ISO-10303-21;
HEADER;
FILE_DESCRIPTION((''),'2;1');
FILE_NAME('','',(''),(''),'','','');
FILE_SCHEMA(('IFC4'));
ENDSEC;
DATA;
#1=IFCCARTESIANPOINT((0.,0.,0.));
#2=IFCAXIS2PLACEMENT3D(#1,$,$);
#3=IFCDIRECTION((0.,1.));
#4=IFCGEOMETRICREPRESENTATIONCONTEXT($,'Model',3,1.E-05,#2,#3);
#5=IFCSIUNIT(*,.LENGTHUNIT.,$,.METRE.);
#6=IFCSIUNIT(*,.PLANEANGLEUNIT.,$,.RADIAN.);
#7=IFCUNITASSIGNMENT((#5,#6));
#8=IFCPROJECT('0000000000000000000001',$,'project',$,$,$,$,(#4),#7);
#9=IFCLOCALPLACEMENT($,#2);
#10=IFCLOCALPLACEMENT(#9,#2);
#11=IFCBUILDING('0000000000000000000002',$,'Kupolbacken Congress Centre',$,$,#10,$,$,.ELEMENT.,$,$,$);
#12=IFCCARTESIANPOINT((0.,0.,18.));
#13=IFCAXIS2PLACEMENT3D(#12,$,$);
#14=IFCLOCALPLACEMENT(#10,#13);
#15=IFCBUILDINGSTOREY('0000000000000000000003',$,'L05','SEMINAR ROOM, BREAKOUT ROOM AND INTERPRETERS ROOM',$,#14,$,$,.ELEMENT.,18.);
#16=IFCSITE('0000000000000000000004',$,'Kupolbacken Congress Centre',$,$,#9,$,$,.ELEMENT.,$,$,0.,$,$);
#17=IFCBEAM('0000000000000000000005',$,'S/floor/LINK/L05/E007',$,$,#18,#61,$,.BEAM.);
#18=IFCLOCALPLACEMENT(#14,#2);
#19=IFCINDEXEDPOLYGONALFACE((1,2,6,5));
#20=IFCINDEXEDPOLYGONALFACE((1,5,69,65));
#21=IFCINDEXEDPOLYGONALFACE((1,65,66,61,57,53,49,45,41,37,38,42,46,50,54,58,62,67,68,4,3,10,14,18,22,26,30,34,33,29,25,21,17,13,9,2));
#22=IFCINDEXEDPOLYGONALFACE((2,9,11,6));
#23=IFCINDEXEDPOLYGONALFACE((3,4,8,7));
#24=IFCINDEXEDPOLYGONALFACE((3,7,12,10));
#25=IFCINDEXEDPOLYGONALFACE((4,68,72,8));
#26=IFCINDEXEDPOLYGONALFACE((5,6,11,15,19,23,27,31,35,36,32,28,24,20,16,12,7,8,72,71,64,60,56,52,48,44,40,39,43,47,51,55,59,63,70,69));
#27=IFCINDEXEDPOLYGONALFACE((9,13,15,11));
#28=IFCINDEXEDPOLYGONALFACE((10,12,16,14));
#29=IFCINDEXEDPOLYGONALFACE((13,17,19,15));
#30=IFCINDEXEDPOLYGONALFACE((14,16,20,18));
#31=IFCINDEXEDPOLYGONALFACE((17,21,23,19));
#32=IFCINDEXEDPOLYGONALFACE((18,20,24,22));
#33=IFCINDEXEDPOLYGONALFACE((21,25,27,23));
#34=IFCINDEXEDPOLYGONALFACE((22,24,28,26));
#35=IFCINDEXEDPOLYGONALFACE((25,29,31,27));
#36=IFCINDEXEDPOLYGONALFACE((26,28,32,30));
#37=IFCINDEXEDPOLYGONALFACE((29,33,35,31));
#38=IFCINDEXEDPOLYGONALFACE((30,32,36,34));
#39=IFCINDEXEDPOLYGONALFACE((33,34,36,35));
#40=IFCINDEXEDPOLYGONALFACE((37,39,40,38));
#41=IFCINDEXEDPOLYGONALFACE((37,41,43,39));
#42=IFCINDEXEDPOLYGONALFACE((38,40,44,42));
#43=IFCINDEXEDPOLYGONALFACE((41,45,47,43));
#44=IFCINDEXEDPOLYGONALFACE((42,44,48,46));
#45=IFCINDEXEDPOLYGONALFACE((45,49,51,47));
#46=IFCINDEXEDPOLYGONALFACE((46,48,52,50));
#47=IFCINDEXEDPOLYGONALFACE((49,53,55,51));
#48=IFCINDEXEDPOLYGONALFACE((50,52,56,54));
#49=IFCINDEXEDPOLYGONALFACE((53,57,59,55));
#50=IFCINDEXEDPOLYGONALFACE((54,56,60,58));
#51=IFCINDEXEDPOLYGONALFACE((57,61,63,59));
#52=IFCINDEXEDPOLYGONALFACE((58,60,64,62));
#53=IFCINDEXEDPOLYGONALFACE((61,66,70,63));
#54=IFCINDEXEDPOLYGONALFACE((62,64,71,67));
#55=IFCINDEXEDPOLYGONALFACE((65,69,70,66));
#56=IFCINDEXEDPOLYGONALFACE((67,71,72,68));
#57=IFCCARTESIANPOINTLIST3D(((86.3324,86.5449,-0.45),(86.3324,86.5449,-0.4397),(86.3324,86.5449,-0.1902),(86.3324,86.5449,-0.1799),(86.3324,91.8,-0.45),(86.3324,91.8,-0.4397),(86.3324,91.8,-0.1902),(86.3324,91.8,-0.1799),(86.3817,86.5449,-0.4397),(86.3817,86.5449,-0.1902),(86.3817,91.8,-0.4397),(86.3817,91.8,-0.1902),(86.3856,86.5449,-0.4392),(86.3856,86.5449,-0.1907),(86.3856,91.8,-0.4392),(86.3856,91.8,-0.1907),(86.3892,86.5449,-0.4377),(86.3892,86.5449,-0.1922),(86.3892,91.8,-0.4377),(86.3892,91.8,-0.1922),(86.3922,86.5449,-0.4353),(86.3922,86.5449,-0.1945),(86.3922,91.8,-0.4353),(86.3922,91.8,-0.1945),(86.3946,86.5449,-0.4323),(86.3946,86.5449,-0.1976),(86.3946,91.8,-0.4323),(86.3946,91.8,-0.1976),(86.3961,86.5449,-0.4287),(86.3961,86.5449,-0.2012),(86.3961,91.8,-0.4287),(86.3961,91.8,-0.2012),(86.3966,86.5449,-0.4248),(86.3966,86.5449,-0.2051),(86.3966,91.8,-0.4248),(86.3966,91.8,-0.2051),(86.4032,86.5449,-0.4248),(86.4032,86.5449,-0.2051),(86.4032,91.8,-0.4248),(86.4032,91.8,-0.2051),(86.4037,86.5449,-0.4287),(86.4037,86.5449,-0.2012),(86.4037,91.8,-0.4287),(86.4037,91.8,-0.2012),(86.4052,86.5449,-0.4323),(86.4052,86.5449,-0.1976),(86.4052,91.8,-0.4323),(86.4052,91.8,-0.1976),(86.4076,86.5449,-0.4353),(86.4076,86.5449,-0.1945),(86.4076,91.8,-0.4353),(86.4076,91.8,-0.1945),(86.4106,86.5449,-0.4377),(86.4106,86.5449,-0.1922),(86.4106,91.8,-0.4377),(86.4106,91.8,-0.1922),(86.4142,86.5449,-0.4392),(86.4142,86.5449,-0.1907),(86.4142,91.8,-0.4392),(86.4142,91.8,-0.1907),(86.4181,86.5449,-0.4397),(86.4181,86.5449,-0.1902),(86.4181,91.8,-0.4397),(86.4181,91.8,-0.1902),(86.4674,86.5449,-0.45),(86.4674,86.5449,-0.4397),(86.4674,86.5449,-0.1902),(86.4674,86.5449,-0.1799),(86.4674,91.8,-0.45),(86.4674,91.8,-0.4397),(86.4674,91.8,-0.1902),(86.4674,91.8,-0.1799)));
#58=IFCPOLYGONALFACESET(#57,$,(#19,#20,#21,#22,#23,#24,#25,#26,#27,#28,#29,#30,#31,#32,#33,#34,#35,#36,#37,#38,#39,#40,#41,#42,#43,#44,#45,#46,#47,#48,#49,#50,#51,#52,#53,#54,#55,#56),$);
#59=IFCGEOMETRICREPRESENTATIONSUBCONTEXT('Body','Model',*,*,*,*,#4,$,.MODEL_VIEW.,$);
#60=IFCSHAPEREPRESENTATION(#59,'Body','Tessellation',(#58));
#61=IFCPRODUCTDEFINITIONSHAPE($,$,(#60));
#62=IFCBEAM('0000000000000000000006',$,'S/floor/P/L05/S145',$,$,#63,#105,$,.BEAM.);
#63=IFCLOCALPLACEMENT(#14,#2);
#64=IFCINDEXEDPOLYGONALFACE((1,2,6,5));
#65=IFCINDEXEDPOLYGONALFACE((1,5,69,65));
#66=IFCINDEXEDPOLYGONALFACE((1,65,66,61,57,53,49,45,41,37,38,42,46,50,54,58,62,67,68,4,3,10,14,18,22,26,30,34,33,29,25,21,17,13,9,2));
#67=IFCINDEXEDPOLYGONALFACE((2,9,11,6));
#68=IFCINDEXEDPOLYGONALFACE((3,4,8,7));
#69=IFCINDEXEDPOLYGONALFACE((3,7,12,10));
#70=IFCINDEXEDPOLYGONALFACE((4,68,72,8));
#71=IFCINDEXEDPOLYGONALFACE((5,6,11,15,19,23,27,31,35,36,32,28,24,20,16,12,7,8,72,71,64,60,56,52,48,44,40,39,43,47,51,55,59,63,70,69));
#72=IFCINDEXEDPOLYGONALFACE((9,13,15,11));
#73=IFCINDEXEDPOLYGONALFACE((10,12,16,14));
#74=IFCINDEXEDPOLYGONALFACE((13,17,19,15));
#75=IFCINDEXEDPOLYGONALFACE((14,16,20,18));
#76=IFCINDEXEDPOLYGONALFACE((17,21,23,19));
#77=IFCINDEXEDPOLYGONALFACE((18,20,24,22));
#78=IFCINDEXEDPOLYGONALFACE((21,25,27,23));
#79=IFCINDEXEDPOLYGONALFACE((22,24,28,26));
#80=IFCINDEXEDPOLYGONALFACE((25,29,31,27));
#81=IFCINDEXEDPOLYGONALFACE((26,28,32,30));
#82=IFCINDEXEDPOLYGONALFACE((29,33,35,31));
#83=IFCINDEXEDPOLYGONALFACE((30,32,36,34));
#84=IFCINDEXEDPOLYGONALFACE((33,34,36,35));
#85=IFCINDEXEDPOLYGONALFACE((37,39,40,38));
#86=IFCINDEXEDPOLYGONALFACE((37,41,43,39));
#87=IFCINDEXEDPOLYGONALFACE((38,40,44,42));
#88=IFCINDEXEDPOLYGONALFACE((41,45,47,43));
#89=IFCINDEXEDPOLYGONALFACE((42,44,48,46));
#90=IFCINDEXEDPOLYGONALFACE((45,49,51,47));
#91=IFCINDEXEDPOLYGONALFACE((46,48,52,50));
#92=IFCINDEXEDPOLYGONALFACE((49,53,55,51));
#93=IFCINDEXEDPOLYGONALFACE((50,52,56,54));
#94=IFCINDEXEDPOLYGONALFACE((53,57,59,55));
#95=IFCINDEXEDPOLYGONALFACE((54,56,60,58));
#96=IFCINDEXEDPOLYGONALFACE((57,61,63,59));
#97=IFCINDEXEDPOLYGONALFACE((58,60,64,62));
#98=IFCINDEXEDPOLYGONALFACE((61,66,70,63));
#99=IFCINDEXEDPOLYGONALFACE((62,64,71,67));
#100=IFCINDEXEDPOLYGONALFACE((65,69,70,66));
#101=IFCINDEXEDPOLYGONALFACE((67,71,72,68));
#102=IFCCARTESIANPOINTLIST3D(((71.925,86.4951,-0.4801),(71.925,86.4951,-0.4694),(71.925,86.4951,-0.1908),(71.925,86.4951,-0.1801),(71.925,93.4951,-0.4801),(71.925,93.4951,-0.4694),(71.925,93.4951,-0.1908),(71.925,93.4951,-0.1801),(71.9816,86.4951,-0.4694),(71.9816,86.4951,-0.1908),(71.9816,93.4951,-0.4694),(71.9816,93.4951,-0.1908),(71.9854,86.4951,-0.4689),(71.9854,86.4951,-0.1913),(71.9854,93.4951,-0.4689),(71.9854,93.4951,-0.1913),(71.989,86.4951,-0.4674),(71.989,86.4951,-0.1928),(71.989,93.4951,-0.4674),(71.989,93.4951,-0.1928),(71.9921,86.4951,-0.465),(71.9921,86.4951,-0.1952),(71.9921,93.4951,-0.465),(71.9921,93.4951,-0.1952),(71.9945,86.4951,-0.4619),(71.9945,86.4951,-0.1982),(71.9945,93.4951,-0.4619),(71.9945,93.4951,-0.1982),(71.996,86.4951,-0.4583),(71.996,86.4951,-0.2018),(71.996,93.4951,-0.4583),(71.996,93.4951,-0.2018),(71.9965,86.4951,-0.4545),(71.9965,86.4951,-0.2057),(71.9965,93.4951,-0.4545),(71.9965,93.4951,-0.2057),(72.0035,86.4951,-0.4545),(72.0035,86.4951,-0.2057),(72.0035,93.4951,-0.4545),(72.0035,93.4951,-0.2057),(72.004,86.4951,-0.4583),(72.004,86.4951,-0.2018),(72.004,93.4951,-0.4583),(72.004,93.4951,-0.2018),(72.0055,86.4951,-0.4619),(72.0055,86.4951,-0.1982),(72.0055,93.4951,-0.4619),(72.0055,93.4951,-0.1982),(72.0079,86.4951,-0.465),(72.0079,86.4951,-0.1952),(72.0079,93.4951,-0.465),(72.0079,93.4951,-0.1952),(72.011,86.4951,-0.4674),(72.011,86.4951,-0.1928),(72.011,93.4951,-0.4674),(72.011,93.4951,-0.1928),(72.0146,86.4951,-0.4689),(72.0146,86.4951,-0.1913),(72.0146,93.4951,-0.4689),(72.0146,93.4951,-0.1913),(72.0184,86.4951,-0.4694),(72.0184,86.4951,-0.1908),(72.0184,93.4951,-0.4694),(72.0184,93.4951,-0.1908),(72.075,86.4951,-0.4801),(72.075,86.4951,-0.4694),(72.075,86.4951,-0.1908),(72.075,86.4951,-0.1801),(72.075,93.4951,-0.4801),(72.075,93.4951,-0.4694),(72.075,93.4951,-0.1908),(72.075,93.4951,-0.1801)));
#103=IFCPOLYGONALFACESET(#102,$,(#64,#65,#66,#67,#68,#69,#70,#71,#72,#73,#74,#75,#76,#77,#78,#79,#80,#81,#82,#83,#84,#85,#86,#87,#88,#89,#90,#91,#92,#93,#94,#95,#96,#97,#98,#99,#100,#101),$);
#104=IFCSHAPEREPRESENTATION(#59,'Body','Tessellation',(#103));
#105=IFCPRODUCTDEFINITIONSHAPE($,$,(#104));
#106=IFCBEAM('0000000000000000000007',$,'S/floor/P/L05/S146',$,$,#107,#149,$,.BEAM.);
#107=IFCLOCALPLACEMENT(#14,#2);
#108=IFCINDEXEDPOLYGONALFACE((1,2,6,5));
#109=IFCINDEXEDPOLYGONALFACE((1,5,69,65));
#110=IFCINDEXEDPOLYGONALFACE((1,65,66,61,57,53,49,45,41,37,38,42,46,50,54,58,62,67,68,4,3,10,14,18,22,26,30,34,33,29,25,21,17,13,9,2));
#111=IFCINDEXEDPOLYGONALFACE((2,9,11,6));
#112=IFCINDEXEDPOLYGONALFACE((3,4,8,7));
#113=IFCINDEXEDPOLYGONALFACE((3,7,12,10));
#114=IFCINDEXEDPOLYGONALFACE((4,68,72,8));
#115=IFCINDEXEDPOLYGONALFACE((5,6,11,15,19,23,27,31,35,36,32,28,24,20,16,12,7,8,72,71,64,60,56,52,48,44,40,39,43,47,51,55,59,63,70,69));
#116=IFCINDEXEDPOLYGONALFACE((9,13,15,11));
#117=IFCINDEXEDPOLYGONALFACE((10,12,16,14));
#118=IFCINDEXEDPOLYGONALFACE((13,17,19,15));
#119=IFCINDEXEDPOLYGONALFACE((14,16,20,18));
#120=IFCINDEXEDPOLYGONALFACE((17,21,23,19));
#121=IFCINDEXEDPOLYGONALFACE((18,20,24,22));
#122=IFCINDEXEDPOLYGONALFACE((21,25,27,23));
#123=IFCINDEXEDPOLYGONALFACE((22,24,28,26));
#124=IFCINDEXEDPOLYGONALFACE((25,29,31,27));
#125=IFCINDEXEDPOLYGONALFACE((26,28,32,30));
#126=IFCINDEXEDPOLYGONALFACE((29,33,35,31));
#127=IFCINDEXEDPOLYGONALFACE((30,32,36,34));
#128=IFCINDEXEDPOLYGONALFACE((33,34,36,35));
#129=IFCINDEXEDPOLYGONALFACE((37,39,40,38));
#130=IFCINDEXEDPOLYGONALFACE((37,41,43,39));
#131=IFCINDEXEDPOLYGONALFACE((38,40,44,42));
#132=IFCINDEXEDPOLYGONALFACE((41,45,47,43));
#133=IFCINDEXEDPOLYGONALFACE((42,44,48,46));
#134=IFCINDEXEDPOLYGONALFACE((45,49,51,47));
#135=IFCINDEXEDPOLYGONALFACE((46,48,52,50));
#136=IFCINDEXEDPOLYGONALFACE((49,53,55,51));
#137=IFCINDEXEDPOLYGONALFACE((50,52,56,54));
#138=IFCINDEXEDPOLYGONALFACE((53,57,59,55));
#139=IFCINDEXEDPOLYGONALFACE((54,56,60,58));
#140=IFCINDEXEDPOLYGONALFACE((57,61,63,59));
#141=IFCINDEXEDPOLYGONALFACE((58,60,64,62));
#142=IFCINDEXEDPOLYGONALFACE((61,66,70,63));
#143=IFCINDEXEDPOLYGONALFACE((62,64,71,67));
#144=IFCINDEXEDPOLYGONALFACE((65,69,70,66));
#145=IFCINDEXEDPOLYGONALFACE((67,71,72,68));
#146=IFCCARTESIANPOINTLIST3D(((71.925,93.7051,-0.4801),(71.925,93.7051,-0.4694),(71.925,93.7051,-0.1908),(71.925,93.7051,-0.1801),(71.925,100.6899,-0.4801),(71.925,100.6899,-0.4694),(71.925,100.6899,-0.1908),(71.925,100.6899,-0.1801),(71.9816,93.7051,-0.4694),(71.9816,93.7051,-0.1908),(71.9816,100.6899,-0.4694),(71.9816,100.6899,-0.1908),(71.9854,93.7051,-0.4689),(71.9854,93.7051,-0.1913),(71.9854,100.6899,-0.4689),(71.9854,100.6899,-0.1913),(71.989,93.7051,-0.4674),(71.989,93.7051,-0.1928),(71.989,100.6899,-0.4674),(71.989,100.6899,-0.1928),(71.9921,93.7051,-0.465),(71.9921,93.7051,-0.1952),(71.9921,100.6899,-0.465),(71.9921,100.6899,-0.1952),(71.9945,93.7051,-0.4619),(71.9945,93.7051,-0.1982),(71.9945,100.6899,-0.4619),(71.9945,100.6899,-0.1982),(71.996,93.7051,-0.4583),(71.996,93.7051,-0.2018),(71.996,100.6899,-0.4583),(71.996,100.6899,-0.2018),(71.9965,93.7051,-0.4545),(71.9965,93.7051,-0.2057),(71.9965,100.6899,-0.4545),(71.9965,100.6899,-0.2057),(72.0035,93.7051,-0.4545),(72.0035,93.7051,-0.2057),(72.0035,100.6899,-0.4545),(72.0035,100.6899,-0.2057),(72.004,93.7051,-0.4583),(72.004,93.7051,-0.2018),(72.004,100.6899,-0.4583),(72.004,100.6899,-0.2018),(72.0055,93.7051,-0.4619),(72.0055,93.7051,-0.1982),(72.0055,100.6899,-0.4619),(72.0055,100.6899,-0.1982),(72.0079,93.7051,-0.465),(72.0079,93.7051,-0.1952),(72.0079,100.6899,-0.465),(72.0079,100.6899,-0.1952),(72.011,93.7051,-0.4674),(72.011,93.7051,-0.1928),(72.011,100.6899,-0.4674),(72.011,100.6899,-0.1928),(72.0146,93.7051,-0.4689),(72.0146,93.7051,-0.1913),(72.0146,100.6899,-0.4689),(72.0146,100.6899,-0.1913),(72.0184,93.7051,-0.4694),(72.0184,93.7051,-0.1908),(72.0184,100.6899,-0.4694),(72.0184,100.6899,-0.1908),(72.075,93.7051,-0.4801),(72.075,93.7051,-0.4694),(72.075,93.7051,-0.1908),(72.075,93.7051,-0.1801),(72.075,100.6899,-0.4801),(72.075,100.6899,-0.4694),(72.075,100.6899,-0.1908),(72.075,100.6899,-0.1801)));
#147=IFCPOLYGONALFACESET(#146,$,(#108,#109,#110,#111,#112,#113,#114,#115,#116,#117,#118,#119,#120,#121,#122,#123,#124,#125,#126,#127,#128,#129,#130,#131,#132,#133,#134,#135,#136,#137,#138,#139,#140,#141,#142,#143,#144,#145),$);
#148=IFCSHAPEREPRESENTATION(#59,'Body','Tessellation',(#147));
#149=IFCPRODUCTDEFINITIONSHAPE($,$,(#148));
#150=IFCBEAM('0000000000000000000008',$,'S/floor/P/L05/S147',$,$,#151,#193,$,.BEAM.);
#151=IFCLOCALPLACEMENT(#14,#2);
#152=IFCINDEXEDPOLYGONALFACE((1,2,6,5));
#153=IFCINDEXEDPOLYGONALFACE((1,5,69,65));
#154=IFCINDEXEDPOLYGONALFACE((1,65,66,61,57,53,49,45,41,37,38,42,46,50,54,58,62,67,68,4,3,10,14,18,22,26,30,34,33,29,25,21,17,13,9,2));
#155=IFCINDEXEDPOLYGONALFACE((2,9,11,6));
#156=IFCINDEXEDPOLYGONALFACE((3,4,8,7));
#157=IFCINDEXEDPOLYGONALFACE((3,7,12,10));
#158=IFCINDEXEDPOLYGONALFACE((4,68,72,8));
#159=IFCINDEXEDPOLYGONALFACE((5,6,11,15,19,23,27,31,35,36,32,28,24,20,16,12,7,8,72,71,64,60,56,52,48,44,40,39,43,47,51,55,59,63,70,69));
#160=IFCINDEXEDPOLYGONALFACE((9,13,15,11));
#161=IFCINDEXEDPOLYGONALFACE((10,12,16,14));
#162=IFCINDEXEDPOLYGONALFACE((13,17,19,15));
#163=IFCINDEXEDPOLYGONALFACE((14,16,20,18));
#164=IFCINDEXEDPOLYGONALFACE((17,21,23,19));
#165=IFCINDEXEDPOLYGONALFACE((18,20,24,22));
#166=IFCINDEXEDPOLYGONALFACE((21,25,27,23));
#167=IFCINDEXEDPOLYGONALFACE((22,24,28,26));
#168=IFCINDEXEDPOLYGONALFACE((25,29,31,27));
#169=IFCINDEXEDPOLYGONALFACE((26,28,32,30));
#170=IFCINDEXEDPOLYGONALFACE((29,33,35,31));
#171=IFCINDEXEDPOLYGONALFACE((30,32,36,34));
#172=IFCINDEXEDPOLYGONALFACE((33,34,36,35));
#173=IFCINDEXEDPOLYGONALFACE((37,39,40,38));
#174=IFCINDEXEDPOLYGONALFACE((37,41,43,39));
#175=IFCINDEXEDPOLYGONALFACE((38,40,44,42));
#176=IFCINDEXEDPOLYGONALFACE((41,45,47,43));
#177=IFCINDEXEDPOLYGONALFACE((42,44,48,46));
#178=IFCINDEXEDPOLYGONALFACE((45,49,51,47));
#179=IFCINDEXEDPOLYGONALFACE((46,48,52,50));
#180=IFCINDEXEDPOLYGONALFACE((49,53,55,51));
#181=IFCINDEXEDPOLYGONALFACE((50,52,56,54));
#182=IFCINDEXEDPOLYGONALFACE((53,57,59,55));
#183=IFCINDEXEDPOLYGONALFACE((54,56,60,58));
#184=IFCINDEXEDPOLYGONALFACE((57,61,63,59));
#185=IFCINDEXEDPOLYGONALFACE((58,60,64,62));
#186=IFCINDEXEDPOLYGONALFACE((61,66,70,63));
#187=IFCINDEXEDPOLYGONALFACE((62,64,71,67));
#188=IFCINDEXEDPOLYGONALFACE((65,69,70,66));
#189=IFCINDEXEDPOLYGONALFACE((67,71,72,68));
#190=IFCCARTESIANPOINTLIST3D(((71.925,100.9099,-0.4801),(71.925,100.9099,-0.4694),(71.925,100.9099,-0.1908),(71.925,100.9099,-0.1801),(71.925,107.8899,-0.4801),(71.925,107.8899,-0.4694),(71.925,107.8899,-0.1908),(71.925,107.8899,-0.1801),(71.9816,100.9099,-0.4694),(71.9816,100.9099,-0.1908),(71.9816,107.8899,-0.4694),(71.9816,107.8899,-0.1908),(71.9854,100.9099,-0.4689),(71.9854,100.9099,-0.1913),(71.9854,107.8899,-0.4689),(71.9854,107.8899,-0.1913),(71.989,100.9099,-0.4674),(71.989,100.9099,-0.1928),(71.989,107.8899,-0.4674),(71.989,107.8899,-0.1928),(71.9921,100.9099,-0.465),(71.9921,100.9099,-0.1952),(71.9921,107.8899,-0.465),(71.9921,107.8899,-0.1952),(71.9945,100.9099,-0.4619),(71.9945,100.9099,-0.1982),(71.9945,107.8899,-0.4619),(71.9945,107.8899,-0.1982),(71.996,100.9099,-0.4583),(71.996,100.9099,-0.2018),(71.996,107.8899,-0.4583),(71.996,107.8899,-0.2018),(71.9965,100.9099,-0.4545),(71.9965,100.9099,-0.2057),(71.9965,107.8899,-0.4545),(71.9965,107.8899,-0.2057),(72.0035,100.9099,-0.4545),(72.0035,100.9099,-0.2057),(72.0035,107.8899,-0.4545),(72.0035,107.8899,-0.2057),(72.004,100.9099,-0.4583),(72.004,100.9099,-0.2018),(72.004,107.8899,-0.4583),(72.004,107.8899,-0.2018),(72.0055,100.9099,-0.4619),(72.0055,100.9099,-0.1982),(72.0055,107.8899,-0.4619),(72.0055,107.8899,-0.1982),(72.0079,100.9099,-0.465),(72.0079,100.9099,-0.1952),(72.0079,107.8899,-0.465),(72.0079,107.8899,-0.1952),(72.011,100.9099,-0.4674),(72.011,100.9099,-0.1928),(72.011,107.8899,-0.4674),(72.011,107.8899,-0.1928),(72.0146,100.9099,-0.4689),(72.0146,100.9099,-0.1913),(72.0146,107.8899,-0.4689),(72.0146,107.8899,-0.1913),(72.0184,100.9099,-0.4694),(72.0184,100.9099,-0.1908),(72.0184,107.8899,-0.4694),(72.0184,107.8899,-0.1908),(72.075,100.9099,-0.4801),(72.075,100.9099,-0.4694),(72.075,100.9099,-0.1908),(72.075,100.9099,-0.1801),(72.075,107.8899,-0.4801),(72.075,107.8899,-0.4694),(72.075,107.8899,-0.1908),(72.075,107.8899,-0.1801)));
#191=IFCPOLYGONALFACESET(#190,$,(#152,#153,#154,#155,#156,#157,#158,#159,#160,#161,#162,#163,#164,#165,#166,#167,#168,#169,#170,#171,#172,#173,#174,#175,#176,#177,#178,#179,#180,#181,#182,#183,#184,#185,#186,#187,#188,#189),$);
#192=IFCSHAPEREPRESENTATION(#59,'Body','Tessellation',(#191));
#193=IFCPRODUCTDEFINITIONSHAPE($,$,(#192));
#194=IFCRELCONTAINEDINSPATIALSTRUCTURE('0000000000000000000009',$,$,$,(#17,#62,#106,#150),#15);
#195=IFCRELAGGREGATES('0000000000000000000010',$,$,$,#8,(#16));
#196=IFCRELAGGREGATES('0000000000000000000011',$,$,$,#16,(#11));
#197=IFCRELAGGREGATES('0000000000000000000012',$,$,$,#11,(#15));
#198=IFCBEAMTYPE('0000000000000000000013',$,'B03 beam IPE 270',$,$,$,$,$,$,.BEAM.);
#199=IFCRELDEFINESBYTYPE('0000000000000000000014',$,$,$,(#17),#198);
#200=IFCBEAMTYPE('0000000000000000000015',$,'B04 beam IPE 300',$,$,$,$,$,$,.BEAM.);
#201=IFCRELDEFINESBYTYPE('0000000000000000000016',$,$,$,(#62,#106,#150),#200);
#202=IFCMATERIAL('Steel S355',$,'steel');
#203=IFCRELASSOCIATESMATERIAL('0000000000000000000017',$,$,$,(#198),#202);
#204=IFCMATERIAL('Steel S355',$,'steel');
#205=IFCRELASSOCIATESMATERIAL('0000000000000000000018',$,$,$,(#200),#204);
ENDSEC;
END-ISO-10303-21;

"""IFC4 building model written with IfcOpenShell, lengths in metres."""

from ifc_helpers import new_model, si_unit, direction, frame, origin, origin_2d, place, context, subcontext, project, spatial, i_section, extrude, material, material_profile, profile_set, type_object, element, save


model = new_model("IFC4")

# Units and contexts
model_context = context("Model", 3, precision=1e-05, world=origin(), true_north=direction((0.0, 1.0)))
body_context = subcontext(model_context, "Body", "Model", "MODEL_VIEW")
ifc_project = project(units=[si_unit("LENGTHUNIT", "METRE"), si_unit("PLANEANGLEUNIT", "RADIAN")], contexts=[model_context])

# Site, building, storey
site_placement = place(None, origin())
site = spatial("IfcSite", under=ifc_project, at=site_placement, Name="Kupolbacken Congress Centre", CompositionType="ELEMENT", RefElevation=0.0)
building_placement = place(site_placement, origin())
building = spatial("IfcBuilding", under=site, at=building_placement, Name="Kupolbacken Congress Centre", CompositionType="ELEMENT")
storey_placement = place(building_placement, frame((0.0, 0.0, 18.0)))
storey = spatial("IfcBuildingStorey", under=building, at=storey_placement, Name="L05", Description="SEMINAR ROOM, BREAKOUT ROOM AND INTERPRETERS ROOM", CompositionType="ELEMENT", Elevation=18.0)

# Beams
ifc_material_1 = material(Name="Steel S355", Category="steel")
ifc_material_profile_1 = material_profile(ifc_material_1, i_section(OverallWidth=0.135, OverallDepth=0.27, WebThickness=0.0066, FlangeThickness=0.0103, FilletRadius=0.0149, at=origin_2d()), Name="IPE 270")
ifc_profile_set_1 = profile_set([ifc_material_profile_1], Name="Steel S355")
beam_type_1 = type_object("IfcBeamType", Name="B03 beam IPE 270", PredefinedType="BEAM", material=ifc_profile_set_1)
beam_1_placement = place(storey_placement, frame((86.3999, 86.5449, -0.3149), z_axis=(0.0, 1.0, 0.0), x_axis=(-1.0, 0.0, 0.0)))
element("IfcBeam", 1, at=beam_1_placement, inside=storey, type_object=beam_type_1, Name="S/floor/LINK/L05/E007", PredefinedType="BEAM", context=body_context, shape_type="SweptSolid", body=[
    extrude(i_section(OverallWidth=0.135, OverallDepth=0.27, WebThickness=0.0066, FlangeThickness=0.0103, FilletRadius=0.0149, at=origin_2d()), origin(), (0.0, 0.0, 1.0), 5.2551),
])
ifc_material_2 = material(Name="Steel S355", Category="steel")
ifc_material_profile_2 = material_profile(ifc_material_2, i_section(OverallWidth=0.1499, OverallDepth=0.3, WebThickness=0.0071, FlangeThickness=0.0107, FilletRadius=0.0149, at=origin_2d()), Name="IPE 300")
ifc_profile_set_2 = profile_set([ifc_material_profile_2], Name="Steel S355")
beam_type_2 = type_object("IfcBeamType", Name="B04 beam IPE 300", PredefinedType="BEAM", material=ifc_profile_set_2)
beam_2_placement = place(storey_placement, frame((72.0, 86.4951, -0.3301), z_axis=(0.0, 1.0, 0.0), x_axis=(-1.0, 0.0, 0.0)))
element("IfcBeam", 2, at=beam_2_placement, inside=storey, type_object=beam_type_2, Name="S/floor/P/L05/S145", PredefinedType="BEAM", context=body_context, shape_type="SweptSolid", body=[
    extrude(i_section(OverallWidth=0.1499, OverallDepth=0.3, WebThickness=0.0071, FlangeThickness=0.0107, FilletRadius=0.0149, at=origin_2d()), origin(), (0.0, 0.0, 1.0), 7.0),
])
beam_3_placement = place(storey_placement, frame((72.0, 93.7051, -0.3301), z_axis=(0.0, 1.0, 0.0), x_axis=(-1.0, 0.0, 0.0)))
element("IfcBeam", 3, at=beam_3_placement, inside=storey, type_object=beam_type_2, Name="S/floor/P/L05/S146", PredefinedType="BEAM", context=body_context, shape_type="SweptSolid", body=[
    extrude(i_section(OverallWidth=0.1499, OverallDepth=0.3, WebThickness=0.0071, FlangeThickness=0.0107, FilletRadius=0.0149, at=origin_2d()), origin(), (0.0, 0.0, 1.0), 6.9849),
])
beam_4_placement = place(storey_placement, frame((72.0, 100.9099, -0.3301), z_axis=(0.0, 1.0, 0.0), x_axis=(-1.0, 0.0, 0.0)))
element("IfcBeam", 4, at=beam_4_placement, inside=storey, type_object=beam_type_2, Name="S/floor/P/L05/S147", PredefinedType="BEAM", context=body_context, shape_type="SweptSolid", body=[
    extrude(i_section(OverallWidth=0.1499, OverallDepth=0.3, WebThickness=0.0071, FlangeThickness=0.0107, FilletRadius=0.0149, at=origin_2d()), origin(), (0.0, 0.0, 1.0), 6.98),
])

save(model, "model.ifc")
